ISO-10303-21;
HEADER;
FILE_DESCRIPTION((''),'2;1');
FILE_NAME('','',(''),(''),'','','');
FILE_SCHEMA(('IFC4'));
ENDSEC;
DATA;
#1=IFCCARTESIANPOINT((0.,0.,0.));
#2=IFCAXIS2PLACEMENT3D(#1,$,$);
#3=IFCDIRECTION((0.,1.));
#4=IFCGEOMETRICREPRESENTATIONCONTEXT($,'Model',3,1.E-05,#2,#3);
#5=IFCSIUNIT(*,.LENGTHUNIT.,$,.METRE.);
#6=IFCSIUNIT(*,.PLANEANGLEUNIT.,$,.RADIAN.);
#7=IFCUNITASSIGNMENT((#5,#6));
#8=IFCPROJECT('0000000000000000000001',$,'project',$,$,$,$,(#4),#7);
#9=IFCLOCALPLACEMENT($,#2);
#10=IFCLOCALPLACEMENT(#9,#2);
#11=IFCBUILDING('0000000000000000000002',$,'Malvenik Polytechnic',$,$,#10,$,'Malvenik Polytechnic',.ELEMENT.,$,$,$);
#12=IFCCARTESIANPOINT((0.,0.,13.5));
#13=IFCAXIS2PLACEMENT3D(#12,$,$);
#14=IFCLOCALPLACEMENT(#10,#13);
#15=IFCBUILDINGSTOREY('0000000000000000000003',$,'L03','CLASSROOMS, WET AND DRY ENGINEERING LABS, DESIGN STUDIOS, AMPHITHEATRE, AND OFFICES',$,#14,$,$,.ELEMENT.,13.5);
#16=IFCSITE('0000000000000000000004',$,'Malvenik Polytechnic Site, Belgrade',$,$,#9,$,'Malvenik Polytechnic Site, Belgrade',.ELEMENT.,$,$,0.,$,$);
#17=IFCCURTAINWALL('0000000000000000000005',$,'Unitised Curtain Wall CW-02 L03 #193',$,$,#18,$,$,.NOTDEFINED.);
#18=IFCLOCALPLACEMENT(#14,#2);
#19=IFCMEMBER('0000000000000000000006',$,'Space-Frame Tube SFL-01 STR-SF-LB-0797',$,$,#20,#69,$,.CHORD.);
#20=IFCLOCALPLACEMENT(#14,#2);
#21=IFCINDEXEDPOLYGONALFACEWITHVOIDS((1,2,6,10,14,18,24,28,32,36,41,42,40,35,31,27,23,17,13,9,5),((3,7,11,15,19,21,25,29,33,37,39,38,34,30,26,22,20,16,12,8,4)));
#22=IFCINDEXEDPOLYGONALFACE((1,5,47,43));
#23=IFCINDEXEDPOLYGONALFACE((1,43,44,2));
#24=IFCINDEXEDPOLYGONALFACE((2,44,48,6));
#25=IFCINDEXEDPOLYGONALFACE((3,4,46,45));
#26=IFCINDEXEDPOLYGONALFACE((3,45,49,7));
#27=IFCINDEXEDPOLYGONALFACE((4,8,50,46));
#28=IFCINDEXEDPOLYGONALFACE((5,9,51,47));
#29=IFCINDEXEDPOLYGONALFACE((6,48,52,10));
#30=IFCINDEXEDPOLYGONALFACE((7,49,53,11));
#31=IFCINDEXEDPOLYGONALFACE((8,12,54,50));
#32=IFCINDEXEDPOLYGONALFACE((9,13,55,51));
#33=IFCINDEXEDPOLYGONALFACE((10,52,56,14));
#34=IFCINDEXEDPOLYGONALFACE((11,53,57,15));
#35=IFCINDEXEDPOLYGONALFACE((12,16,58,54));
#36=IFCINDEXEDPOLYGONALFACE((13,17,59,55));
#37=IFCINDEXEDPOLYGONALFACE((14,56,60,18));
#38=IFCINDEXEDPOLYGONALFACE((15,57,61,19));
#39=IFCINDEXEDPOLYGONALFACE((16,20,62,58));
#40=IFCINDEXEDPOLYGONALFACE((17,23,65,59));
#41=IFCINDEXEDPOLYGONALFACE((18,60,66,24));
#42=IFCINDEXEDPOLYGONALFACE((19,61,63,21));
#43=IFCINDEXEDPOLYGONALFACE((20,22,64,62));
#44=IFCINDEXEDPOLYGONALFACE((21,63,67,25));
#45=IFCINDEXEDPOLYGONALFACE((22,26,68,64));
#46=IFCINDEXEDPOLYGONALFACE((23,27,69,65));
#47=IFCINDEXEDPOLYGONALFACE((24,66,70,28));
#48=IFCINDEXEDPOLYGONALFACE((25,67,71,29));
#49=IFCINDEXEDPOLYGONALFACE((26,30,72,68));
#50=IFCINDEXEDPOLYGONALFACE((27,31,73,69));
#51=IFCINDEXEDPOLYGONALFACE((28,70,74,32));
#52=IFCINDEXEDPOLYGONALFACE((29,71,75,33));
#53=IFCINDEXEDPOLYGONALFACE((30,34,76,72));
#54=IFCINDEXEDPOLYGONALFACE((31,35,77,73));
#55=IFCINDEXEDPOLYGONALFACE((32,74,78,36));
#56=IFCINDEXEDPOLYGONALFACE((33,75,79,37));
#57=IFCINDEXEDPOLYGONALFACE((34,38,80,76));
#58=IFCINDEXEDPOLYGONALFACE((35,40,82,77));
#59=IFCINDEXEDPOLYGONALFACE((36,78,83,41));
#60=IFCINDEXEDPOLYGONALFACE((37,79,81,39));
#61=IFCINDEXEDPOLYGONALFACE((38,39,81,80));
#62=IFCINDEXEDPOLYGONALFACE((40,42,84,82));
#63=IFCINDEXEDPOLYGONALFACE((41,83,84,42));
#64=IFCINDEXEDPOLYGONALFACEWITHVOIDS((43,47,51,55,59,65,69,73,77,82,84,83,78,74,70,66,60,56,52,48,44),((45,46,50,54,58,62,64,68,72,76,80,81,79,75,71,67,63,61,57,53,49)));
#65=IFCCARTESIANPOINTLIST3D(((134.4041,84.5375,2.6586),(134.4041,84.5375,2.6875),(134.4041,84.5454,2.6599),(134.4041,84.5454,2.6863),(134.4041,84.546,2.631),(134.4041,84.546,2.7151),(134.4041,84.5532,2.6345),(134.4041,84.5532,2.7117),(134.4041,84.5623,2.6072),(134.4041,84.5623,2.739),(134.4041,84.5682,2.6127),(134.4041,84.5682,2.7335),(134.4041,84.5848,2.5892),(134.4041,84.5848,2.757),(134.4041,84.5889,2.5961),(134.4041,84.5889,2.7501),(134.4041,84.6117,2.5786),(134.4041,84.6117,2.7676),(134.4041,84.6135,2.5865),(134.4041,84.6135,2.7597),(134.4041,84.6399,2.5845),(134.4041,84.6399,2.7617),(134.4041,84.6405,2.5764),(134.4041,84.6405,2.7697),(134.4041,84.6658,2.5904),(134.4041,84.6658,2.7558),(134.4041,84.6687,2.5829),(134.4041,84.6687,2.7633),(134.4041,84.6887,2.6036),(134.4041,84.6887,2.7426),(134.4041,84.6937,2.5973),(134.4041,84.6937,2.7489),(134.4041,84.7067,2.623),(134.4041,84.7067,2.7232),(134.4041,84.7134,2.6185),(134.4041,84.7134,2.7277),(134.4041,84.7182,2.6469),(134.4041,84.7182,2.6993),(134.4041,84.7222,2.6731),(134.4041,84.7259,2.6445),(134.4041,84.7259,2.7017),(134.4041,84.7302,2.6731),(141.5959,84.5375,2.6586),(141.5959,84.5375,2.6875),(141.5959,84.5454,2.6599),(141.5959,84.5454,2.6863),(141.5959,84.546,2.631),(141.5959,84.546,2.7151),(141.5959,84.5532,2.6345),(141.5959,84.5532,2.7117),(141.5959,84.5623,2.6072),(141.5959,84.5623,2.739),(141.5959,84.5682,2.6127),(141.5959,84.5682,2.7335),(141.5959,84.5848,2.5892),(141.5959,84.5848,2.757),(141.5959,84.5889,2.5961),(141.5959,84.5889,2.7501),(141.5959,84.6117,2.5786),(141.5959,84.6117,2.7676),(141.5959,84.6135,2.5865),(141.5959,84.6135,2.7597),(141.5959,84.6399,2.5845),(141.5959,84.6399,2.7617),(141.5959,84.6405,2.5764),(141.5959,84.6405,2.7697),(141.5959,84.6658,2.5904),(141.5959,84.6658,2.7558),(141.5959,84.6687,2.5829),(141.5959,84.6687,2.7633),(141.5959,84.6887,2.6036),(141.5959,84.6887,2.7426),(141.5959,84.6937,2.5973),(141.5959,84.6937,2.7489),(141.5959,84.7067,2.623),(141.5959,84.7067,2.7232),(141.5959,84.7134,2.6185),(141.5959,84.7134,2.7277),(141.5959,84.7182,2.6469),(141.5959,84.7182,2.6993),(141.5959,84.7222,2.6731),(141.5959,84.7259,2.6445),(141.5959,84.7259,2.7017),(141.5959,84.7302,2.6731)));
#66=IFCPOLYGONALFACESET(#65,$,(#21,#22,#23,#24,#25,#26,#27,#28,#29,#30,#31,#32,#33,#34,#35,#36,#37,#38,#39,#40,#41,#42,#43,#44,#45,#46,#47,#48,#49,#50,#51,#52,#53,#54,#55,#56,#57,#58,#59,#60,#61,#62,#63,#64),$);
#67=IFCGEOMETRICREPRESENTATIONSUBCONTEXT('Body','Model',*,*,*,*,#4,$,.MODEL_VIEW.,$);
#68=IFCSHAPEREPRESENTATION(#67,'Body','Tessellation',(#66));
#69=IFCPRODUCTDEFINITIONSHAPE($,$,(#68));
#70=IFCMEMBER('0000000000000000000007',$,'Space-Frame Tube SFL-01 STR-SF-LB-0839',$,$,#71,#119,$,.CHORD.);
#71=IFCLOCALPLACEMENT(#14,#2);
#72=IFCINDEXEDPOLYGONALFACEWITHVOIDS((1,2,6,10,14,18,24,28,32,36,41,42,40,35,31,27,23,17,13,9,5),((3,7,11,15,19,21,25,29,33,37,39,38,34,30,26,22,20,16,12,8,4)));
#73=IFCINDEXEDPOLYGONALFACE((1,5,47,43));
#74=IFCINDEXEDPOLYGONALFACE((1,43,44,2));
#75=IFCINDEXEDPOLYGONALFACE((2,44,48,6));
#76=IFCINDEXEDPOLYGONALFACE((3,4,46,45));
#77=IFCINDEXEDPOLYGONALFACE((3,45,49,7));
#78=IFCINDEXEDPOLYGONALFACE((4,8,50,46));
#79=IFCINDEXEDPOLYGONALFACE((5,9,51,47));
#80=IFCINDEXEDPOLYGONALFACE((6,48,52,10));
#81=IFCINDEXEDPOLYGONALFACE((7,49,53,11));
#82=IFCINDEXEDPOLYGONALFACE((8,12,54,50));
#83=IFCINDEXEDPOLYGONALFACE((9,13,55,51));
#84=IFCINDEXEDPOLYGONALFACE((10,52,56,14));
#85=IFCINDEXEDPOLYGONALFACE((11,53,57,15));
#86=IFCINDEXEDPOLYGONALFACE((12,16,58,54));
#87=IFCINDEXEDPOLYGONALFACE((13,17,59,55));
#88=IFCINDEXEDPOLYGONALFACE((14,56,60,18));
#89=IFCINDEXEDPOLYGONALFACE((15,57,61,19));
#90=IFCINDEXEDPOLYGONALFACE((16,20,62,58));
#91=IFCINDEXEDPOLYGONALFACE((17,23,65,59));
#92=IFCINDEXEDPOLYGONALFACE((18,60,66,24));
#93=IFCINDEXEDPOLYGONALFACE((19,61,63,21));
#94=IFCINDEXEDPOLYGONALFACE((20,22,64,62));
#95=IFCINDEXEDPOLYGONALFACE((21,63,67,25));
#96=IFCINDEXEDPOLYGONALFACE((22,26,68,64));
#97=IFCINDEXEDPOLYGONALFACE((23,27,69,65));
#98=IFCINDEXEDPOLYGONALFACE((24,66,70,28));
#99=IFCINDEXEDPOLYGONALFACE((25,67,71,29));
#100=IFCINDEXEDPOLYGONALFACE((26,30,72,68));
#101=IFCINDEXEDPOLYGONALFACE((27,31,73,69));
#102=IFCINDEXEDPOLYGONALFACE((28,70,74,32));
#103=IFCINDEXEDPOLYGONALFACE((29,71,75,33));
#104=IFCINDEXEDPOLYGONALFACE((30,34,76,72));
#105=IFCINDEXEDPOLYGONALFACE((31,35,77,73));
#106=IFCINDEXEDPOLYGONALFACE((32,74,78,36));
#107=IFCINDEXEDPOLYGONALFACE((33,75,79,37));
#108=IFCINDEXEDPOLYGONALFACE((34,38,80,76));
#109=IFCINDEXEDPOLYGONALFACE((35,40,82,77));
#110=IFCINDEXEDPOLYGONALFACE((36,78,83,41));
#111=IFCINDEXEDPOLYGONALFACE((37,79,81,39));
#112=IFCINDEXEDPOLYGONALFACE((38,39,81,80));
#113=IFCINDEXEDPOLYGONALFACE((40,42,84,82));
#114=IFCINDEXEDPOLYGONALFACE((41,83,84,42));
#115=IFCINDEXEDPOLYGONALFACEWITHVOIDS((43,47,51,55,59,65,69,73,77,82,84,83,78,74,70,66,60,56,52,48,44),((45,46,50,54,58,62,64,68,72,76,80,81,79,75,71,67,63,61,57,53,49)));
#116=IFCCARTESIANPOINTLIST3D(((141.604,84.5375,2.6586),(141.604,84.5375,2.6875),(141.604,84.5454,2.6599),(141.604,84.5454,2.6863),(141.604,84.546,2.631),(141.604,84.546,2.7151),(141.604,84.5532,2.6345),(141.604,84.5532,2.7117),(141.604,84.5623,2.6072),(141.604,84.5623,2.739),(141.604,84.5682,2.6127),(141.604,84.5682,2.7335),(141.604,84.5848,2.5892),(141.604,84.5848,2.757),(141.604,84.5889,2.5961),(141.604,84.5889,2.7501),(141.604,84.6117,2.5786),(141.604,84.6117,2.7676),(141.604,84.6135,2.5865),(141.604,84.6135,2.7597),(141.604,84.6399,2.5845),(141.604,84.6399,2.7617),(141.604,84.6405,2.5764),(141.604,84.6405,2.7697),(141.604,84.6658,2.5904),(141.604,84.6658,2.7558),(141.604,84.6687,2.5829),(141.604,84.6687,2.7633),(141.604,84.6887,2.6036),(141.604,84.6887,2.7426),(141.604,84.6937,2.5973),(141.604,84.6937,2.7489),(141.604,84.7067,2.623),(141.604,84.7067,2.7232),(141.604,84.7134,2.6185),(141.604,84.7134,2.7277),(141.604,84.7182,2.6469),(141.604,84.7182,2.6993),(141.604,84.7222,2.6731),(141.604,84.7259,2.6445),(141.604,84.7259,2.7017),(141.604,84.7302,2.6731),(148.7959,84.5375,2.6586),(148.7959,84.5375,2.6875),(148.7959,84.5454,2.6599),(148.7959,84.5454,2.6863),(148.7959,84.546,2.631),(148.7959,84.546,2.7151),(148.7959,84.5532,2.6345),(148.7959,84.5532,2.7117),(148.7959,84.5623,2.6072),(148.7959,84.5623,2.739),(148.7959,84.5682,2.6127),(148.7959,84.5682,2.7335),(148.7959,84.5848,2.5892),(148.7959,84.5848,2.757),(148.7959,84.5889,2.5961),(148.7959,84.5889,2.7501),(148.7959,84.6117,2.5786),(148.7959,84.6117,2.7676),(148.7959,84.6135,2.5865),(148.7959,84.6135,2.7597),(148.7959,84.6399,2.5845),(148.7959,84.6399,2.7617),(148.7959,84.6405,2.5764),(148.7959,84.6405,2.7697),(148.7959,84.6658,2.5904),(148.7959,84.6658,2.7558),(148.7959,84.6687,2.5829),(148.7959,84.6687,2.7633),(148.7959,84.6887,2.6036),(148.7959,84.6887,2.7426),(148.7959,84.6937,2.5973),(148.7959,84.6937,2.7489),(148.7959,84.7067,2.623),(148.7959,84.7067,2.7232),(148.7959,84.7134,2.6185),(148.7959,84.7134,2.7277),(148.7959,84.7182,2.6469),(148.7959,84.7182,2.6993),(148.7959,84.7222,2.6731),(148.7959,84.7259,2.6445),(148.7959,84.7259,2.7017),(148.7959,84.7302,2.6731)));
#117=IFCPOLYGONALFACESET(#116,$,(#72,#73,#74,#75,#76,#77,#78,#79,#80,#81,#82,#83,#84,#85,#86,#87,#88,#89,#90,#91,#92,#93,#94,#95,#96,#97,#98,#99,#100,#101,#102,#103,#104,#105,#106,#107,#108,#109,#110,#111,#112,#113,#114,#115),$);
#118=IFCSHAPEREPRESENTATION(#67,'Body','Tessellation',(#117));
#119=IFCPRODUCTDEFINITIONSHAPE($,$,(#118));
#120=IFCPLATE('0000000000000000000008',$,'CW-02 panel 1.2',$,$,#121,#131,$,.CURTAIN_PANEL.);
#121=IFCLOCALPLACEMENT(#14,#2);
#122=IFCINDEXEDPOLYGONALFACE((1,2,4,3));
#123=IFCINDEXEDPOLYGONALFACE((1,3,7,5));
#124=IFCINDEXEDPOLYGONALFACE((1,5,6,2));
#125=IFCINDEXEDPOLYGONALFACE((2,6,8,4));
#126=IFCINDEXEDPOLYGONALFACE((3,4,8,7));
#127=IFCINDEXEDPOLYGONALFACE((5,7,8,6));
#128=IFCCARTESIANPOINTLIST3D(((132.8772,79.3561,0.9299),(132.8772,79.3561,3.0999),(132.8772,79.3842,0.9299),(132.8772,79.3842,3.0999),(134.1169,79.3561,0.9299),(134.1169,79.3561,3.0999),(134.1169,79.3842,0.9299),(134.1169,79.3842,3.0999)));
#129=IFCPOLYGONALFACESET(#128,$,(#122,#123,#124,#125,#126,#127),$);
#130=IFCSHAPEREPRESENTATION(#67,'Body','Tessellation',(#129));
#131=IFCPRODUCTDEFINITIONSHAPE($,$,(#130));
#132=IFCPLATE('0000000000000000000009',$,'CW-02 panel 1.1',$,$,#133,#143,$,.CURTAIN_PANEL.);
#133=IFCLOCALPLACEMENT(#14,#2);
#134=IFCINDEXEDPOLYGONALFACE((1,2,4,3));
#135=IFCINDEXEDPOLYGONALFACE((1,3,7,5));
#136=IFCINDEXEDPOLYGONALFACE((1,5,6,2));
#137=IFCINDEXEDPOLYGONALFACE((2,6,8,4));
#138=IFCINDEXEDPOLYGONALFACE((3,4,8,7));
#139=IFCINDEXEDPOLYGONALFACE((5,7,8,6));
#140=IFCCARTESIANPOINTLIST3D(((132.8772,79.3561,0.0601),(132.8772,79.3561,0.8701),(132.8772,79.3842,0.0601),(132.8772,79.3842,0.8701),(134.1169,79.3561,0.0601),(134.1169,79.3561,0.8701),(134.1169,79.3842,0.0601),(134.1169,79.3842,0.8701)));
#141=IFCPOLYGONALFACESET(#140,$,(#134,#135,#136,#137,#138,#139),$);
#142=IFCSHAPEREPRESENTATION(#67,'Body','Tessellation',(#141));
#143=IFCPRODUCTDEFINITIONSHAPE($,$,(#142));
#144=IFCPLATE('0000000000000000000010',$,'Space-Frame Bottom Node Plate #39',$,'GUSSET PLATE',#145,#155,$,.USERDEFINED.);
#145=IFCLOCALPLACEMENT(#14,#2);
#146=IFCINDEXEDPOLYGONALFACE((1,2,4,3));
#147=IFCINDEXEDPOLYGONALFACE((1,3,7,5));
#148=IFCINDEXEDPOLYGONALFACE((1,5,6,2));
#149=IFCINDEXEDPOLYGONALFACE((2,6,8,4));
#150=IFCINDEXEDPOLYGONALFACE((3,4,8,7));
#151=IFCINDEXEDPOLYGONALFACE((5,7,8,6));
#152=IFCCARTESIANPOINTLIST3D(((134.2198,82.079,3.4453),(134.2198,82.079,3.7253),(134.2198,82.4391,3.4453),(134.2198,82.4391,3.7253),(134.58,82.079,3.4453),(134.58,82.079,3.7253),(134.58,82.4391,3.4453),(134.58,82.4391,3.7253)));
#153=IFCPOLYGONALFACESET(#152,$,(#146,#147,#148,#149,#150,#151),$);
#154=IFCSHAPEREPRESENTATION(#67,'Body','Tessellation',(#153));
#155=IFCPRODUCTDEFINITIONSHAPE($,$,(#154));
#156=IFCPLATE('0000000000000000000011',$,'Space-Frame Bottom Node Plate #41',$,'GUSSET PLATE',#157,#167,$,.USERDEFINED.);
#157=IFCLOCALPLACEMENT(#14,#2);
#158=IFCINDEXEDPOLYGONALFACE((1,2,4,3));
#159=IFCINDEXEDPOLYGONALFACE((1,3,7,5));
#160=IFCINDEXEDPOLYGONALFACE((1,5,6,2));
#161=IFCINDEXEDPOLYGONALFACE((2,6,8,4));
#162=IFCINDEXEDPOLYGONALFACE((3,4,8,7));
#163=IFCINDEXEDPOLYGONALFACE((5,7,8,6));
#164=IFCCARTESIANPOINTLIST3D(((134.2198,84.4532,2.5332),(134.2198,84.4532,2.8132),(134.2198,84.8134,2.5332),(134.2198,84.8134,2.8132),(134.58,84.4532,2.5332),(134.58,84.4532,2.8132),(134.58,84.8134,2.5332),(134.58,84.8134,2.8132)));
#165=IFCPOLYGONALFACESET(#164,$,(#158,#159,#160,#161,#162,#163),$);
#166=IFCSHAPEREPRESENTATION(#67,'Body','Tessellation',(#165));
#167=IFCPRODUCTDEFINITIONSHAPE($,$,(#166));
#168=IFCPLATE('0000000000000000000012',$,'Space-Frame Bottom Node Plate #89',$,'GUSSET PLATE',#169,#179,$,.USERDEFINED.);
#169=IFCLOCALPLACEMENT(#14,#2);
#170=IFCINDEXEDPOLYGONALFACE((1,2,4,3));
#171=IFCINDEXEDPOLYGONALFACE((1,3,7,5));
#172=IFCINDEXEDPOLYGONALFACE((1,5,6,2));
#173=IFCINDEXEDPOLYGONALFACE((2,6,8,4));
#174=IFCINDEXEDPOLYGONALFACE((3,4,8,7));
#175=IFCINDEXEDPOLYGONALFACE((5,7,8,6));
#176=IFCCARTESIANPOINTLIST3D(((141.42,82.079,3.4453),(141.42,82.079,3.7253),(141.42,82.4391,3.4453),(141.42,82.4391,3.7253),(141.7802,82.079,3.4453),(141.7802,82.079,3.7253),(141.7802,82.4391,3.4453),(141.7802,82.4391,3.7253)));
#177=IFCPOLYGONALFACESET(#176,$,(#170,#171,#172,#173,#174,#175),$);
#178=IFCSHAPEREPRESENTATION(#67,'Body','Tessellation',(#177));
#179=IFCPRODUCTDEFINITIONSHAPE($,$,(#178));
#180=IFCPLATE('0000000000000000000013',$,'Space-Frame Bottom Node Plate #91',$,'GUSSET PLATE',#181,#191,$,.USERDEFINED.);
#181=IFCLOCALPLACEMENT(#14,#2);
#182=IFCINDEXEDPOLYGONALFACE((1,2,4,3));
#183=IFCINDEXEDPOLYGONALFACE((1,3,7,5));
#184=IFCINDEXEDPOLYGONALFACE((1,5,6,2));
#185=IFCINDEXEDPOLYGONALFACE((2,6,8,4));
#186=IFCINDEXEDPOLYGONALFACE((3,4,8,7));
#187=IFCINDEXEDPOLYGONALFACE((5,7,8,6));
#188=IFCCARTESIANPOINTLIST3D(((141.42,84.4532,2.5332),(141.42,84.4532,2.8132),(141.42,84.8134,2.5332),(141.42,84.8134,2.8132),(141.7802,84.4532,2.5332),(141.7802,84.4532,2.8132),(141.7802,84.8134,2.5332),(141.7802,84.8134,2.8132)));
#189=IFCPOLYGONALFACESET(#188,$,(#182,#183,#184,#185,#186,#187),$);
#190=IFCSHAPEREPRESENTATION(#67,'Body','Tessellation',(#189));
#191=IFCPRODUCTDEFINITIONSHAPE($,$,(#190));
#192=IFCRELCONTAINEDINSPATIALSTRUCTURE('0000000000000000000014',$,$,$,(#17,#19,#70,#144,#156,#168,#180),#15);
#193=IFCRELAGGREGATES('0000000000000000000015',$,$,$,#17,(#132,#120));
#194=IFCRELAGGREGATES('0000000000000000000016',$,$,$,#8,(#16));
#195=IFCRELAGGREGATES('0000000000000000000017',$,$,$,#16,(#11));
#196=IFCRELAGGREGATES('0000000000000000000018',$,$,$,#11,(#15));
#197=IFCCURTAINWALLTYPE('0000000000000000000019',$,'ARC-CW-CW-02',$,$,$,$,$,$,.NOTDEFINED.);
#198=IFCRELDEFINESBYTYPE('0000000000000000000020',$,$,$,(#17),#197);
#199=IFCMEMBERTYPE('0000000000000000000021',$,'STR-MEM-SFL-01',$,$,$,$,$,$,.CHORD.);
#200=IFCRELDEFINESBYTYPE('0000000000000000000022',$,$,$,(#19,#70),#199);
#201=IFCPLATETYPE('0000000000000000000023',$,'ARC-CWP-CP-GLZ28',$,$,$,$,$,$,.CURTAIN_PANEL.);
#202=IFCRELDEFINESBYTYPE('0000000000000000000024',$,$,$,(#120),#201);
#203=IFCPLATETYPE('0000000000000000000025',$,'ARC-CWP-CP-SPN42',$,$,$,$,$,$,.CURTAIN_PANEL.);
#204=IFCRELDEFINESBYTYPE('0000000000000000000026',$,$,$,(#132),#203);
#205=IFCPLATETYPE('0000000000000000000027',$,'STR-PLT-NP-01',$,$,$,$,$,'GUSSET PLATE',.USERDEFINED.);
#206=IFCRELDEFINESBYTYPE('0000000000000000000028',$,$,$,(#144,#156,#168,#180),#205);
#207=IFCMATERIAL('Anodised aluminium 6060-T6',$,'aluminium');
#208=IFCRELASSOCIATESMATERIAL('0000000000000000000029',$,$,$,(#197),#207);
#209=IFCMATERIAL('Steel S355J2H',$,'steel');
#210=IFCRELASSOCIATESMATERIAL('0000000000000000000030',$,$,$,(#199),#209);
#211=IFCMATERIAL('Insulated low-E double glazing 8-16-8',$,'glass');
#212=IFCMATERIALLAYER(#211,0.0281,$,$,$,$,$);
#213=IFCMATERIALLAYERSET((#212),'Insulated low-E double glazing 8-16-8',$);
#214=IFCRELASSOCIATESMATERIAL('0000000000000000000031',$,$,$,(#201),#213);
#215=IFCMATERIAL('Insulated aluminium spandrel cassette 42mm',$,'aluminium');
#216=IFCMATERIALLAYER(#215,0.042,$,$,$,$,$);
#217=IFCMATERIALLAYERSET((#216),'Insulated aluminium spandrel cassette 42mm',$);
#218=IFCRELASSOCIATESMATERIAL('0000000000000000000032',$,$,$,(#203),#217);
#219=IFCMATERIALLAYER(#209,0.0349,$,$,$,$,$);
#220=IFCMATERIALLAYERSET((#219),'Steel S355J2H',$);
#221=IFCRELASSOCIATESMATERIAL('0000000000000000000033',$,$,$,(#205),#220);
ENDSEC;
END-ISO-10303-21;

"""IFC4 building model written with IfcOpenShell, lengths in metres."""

from ifc_helpers import new_model, si_unit, direction, frame, origin, origin_2d, place, context, subcontext, project, spatial, rectangle, hollow_circle, extrude, material, layer, layer_set, material_profile, profile_set, type_object, element, aggregate, save


model = new_model("IFC4")

# Units and contexts
model_context = context("Model", 3, precision=1e-05, world=origin(), true_north=direction((0.0, 1.0)))
body_context = subcontext(model_context, "Body", "Model", "MODEL_VIEW")
ifc_project = project(units=[si_unit("LENGTHUNIT", "METRE"), si_unit("PLANEANGLEUNIT", "RADIAN")], contexts=[model_context])

# Site, building, storey
site_placement = place(None, origin())
site = spatial("IfcSite", under=ifc_project, at=site_placement, Name="Malvenik Polytechnic Site, Belgrade", LongName="Malvenik Polytechnic Site, Belgrade", CompositionType="ELEMENT", RefElevation=0.0)
building_placement = place(site_placement, origin())
building = spatial("IfcBuilding", under=site, at=building_placement, Name="Malvenik Polytechnic", LongName="Malvenik Polytechnic", CompositionType="ELEMENT")
storey_placement = place(building_placement, frame((0.0, 0.0, 13.5)))
storey = spatial("IfcBuildingStorey", under=building, at=storey_placement, Name="L03", Description="CLASSROOMS, WET AND DRY ENGINEERING LABS, DESIGN STUDIOS, AMPHITHEATRE, AND OFFICES", CompositionType="ELEMENT", Elevation=13.5)

# Curtain wall
ifc_material_1 = material(Name="Anodised aluminium 6060-T6", Category="aluminium")
curtain_wall_type = type_object("IfcCurtainWallType", Name="ARC-CW-CW-02", PredefinedType="NOTDEFINED", material=ifc_material_1)
curtain_wall_placement = place(storey_placement, origin())
curtain_wall = element("IfcCurtainWall", 1, at=curtain_wall_placement, inside=storey, type_object=curtain_wall_type, Name="Unitised Curtain Wall CW-02 L03 #193", PredefinedType="NOTDEFINED")

# Members
ifc_material_2 = material(Name="Steel S355J2H", Category="steel")
ifc_material_profile_1 = material_profile(ifc_material_2, hollow_circle(Radius=0.0969, WallThickness=0.0081, at=origin_2d()), Name="CHS 193.7x8.0")
ifc_profile_set_1 = profile_set([ifc_material_profile_1], Name="Steel S355J2H")
member_type_1 = type_object("IfcMemberType", Name="STR-MEM-SFL-01", PredefinedType="CHORD", material=ifc_profile_set_1)
for number, where, z_axis, x_axis, name in (
    (2, (134.4041, 84.6333, 2.6731), (1.0, 0.0, 0.0), (0.0, 1.0, 0.0), "Space-Frame Tube SFL-01 STR-SF-LB-0797"),
    (3, (141.604, 84.6333, 2.6731), (1.0, 0.0, 0.0), (0.0, 1.0, 0.0), "Space-Frame Tube SFL-01 STR-SF-LB-0839"),
):
    element("IfcMember", number, at=place(storey_placement, frame(where, z_axis=z_axis, x_axis=x_axis)), inside=storey, type_object=member_type_1, Name=name, PredefinedType="CHORD", context=body_context, shape_type="SweptSolid", body=[
        extrude(hollow_circle(Radius=0.0969, WallThickness=0.0081, at=origin_2d()), origin(), (0.0, 0.0, 1.0), 7.1919),
    ])

# Plates
ifc_material_3 = material(Name="Insulated low-E double glazing 8-16-8", Category="glass")
ifc_layer_1 = layer(ifc_material_3, 0.0281)
ifc_layer_set_1 = layer_set([ifc_layer_1], Name="Insulated low-E double glazing 8-16-8")
plate_type_1 = type_object("IfcPlateType", Name="ARC-CWP-CP-GLZ28", PredefinedType="CURTAIN_PANEL", material=ifc_layer_set_1)
plate_1_placement = place(storey_placement, frame((133.4971, 79.3701, 0.9299), z_axis=(0.0, 0.0, 1.0), x_axis=(-1.0, 0.0, 0.0)))
plate_1 = element("IfcPlate", 4, at=plate_1_placement, type_object=plate_type_1, Name="CW-02 panel 1.2", PredefinedType="CURTAIN_PANEL", context=body_context, shape_type="SweptSolid", body=[
    extrude(rectangle(XDim=1.2397, YDim=0.0281, at=origin_2d()), origin(), (0.0, 0.0, 1.0), 2.1699),
])
ifc_material_4 = material(Name="Insulated aluminium spandrel cassette 42mm", Category="aluminium")
ifc_layer_2 = layer(ifc_material_4, 0.042)
ifc_layer_set_2 = layer_set([ifc_layer_2], Name="Insulated aluminium spandrel cassette 42mm")
plate_type_2 = type_object("IfcPlateType", Name="ARC-CWP-CP-SPN42", PredefinedType="CURTAIN_PANEL", material=ifc_layer_set_2)
plate_2_placement = place(storey_placement, frame((133.4971, 79.3701, 0.0601), z_axis=(0.0, 0.0, 1.0), x_axis=(-1.0, 0.0, 0.0)))
plate_2 = element("IfcPlate", 5, at=plate_2_placement, type_object=plate_type_2, Name="CW-02 panel 1.1", PredefinedType="CURTAIN_PANEL", context=body_context, shape_type="SweptSolid", body=[
    extrude(rectangle(XDim=1.2397, YDim=0.0281, at=origin_2d()), origin(), (0.0, 0.0, 1.0), 0.8101),
])
aggregate(curtain_wall, [plate_2, plate_1])

# Plates
ifc_layer_3 = layer(ifc_material_2, 0.0349)
ifc_layer_set_3 = layer_set([ifc_layer_3], Name="Steel S355J2H")
plate_type_3 = type_object("IfcPlateType", Name="STR-PLT-NP-01", ElementType="GUSSET PLATE", PredefinedType="USERDEFINED", material=ifc_layer_set_3)
for number, where, z_axis, x_axis, name in (
    (6, (134.3999, 82.259, 3.4453), (0.0, 0.0, 1.0), (1.0, 0.0, 0.0), "Space-Frame Bottom Node Plate #39"),
    (7, (134.3999, 84.6333, 2.5332), (0.0, 0.0, 1.0), (1.0, 0.0, 0.0), "Space-Frame Bottom Node Plate #41"),
    (8, (141.6001, 82.259, 3.4453), (0.0, 0.0, 1.0), (1.0, 0.0, 0.0), "Space-Frame Bottom Node Plate #89"),
    (9, (141.6001, 84.6333, 2.5332), (0.0, 0.0, 1.0), (1.0, 0.0, 0.0), "Space-Frame Bottom Node Plate #91"),
):
    element("IfcPlate", number, at=place(storey_placement, frame(where, z_axis=z_axis, x_axis=x_axis)), inside=storey, type_object=plate_type_3, Name=name, ObjectType="GUSSET PLATE", PredefinedType="USERDEFINED", context=body_context, shape_type="SweptSolid", body=[
        extrude(rectangle(XDim=0.3601, YDim=0.3601, at=origin_2d()), origin(), (0.0, 0.0, 1.0), 0.28),
    ])

save(model, "model.ifc")
